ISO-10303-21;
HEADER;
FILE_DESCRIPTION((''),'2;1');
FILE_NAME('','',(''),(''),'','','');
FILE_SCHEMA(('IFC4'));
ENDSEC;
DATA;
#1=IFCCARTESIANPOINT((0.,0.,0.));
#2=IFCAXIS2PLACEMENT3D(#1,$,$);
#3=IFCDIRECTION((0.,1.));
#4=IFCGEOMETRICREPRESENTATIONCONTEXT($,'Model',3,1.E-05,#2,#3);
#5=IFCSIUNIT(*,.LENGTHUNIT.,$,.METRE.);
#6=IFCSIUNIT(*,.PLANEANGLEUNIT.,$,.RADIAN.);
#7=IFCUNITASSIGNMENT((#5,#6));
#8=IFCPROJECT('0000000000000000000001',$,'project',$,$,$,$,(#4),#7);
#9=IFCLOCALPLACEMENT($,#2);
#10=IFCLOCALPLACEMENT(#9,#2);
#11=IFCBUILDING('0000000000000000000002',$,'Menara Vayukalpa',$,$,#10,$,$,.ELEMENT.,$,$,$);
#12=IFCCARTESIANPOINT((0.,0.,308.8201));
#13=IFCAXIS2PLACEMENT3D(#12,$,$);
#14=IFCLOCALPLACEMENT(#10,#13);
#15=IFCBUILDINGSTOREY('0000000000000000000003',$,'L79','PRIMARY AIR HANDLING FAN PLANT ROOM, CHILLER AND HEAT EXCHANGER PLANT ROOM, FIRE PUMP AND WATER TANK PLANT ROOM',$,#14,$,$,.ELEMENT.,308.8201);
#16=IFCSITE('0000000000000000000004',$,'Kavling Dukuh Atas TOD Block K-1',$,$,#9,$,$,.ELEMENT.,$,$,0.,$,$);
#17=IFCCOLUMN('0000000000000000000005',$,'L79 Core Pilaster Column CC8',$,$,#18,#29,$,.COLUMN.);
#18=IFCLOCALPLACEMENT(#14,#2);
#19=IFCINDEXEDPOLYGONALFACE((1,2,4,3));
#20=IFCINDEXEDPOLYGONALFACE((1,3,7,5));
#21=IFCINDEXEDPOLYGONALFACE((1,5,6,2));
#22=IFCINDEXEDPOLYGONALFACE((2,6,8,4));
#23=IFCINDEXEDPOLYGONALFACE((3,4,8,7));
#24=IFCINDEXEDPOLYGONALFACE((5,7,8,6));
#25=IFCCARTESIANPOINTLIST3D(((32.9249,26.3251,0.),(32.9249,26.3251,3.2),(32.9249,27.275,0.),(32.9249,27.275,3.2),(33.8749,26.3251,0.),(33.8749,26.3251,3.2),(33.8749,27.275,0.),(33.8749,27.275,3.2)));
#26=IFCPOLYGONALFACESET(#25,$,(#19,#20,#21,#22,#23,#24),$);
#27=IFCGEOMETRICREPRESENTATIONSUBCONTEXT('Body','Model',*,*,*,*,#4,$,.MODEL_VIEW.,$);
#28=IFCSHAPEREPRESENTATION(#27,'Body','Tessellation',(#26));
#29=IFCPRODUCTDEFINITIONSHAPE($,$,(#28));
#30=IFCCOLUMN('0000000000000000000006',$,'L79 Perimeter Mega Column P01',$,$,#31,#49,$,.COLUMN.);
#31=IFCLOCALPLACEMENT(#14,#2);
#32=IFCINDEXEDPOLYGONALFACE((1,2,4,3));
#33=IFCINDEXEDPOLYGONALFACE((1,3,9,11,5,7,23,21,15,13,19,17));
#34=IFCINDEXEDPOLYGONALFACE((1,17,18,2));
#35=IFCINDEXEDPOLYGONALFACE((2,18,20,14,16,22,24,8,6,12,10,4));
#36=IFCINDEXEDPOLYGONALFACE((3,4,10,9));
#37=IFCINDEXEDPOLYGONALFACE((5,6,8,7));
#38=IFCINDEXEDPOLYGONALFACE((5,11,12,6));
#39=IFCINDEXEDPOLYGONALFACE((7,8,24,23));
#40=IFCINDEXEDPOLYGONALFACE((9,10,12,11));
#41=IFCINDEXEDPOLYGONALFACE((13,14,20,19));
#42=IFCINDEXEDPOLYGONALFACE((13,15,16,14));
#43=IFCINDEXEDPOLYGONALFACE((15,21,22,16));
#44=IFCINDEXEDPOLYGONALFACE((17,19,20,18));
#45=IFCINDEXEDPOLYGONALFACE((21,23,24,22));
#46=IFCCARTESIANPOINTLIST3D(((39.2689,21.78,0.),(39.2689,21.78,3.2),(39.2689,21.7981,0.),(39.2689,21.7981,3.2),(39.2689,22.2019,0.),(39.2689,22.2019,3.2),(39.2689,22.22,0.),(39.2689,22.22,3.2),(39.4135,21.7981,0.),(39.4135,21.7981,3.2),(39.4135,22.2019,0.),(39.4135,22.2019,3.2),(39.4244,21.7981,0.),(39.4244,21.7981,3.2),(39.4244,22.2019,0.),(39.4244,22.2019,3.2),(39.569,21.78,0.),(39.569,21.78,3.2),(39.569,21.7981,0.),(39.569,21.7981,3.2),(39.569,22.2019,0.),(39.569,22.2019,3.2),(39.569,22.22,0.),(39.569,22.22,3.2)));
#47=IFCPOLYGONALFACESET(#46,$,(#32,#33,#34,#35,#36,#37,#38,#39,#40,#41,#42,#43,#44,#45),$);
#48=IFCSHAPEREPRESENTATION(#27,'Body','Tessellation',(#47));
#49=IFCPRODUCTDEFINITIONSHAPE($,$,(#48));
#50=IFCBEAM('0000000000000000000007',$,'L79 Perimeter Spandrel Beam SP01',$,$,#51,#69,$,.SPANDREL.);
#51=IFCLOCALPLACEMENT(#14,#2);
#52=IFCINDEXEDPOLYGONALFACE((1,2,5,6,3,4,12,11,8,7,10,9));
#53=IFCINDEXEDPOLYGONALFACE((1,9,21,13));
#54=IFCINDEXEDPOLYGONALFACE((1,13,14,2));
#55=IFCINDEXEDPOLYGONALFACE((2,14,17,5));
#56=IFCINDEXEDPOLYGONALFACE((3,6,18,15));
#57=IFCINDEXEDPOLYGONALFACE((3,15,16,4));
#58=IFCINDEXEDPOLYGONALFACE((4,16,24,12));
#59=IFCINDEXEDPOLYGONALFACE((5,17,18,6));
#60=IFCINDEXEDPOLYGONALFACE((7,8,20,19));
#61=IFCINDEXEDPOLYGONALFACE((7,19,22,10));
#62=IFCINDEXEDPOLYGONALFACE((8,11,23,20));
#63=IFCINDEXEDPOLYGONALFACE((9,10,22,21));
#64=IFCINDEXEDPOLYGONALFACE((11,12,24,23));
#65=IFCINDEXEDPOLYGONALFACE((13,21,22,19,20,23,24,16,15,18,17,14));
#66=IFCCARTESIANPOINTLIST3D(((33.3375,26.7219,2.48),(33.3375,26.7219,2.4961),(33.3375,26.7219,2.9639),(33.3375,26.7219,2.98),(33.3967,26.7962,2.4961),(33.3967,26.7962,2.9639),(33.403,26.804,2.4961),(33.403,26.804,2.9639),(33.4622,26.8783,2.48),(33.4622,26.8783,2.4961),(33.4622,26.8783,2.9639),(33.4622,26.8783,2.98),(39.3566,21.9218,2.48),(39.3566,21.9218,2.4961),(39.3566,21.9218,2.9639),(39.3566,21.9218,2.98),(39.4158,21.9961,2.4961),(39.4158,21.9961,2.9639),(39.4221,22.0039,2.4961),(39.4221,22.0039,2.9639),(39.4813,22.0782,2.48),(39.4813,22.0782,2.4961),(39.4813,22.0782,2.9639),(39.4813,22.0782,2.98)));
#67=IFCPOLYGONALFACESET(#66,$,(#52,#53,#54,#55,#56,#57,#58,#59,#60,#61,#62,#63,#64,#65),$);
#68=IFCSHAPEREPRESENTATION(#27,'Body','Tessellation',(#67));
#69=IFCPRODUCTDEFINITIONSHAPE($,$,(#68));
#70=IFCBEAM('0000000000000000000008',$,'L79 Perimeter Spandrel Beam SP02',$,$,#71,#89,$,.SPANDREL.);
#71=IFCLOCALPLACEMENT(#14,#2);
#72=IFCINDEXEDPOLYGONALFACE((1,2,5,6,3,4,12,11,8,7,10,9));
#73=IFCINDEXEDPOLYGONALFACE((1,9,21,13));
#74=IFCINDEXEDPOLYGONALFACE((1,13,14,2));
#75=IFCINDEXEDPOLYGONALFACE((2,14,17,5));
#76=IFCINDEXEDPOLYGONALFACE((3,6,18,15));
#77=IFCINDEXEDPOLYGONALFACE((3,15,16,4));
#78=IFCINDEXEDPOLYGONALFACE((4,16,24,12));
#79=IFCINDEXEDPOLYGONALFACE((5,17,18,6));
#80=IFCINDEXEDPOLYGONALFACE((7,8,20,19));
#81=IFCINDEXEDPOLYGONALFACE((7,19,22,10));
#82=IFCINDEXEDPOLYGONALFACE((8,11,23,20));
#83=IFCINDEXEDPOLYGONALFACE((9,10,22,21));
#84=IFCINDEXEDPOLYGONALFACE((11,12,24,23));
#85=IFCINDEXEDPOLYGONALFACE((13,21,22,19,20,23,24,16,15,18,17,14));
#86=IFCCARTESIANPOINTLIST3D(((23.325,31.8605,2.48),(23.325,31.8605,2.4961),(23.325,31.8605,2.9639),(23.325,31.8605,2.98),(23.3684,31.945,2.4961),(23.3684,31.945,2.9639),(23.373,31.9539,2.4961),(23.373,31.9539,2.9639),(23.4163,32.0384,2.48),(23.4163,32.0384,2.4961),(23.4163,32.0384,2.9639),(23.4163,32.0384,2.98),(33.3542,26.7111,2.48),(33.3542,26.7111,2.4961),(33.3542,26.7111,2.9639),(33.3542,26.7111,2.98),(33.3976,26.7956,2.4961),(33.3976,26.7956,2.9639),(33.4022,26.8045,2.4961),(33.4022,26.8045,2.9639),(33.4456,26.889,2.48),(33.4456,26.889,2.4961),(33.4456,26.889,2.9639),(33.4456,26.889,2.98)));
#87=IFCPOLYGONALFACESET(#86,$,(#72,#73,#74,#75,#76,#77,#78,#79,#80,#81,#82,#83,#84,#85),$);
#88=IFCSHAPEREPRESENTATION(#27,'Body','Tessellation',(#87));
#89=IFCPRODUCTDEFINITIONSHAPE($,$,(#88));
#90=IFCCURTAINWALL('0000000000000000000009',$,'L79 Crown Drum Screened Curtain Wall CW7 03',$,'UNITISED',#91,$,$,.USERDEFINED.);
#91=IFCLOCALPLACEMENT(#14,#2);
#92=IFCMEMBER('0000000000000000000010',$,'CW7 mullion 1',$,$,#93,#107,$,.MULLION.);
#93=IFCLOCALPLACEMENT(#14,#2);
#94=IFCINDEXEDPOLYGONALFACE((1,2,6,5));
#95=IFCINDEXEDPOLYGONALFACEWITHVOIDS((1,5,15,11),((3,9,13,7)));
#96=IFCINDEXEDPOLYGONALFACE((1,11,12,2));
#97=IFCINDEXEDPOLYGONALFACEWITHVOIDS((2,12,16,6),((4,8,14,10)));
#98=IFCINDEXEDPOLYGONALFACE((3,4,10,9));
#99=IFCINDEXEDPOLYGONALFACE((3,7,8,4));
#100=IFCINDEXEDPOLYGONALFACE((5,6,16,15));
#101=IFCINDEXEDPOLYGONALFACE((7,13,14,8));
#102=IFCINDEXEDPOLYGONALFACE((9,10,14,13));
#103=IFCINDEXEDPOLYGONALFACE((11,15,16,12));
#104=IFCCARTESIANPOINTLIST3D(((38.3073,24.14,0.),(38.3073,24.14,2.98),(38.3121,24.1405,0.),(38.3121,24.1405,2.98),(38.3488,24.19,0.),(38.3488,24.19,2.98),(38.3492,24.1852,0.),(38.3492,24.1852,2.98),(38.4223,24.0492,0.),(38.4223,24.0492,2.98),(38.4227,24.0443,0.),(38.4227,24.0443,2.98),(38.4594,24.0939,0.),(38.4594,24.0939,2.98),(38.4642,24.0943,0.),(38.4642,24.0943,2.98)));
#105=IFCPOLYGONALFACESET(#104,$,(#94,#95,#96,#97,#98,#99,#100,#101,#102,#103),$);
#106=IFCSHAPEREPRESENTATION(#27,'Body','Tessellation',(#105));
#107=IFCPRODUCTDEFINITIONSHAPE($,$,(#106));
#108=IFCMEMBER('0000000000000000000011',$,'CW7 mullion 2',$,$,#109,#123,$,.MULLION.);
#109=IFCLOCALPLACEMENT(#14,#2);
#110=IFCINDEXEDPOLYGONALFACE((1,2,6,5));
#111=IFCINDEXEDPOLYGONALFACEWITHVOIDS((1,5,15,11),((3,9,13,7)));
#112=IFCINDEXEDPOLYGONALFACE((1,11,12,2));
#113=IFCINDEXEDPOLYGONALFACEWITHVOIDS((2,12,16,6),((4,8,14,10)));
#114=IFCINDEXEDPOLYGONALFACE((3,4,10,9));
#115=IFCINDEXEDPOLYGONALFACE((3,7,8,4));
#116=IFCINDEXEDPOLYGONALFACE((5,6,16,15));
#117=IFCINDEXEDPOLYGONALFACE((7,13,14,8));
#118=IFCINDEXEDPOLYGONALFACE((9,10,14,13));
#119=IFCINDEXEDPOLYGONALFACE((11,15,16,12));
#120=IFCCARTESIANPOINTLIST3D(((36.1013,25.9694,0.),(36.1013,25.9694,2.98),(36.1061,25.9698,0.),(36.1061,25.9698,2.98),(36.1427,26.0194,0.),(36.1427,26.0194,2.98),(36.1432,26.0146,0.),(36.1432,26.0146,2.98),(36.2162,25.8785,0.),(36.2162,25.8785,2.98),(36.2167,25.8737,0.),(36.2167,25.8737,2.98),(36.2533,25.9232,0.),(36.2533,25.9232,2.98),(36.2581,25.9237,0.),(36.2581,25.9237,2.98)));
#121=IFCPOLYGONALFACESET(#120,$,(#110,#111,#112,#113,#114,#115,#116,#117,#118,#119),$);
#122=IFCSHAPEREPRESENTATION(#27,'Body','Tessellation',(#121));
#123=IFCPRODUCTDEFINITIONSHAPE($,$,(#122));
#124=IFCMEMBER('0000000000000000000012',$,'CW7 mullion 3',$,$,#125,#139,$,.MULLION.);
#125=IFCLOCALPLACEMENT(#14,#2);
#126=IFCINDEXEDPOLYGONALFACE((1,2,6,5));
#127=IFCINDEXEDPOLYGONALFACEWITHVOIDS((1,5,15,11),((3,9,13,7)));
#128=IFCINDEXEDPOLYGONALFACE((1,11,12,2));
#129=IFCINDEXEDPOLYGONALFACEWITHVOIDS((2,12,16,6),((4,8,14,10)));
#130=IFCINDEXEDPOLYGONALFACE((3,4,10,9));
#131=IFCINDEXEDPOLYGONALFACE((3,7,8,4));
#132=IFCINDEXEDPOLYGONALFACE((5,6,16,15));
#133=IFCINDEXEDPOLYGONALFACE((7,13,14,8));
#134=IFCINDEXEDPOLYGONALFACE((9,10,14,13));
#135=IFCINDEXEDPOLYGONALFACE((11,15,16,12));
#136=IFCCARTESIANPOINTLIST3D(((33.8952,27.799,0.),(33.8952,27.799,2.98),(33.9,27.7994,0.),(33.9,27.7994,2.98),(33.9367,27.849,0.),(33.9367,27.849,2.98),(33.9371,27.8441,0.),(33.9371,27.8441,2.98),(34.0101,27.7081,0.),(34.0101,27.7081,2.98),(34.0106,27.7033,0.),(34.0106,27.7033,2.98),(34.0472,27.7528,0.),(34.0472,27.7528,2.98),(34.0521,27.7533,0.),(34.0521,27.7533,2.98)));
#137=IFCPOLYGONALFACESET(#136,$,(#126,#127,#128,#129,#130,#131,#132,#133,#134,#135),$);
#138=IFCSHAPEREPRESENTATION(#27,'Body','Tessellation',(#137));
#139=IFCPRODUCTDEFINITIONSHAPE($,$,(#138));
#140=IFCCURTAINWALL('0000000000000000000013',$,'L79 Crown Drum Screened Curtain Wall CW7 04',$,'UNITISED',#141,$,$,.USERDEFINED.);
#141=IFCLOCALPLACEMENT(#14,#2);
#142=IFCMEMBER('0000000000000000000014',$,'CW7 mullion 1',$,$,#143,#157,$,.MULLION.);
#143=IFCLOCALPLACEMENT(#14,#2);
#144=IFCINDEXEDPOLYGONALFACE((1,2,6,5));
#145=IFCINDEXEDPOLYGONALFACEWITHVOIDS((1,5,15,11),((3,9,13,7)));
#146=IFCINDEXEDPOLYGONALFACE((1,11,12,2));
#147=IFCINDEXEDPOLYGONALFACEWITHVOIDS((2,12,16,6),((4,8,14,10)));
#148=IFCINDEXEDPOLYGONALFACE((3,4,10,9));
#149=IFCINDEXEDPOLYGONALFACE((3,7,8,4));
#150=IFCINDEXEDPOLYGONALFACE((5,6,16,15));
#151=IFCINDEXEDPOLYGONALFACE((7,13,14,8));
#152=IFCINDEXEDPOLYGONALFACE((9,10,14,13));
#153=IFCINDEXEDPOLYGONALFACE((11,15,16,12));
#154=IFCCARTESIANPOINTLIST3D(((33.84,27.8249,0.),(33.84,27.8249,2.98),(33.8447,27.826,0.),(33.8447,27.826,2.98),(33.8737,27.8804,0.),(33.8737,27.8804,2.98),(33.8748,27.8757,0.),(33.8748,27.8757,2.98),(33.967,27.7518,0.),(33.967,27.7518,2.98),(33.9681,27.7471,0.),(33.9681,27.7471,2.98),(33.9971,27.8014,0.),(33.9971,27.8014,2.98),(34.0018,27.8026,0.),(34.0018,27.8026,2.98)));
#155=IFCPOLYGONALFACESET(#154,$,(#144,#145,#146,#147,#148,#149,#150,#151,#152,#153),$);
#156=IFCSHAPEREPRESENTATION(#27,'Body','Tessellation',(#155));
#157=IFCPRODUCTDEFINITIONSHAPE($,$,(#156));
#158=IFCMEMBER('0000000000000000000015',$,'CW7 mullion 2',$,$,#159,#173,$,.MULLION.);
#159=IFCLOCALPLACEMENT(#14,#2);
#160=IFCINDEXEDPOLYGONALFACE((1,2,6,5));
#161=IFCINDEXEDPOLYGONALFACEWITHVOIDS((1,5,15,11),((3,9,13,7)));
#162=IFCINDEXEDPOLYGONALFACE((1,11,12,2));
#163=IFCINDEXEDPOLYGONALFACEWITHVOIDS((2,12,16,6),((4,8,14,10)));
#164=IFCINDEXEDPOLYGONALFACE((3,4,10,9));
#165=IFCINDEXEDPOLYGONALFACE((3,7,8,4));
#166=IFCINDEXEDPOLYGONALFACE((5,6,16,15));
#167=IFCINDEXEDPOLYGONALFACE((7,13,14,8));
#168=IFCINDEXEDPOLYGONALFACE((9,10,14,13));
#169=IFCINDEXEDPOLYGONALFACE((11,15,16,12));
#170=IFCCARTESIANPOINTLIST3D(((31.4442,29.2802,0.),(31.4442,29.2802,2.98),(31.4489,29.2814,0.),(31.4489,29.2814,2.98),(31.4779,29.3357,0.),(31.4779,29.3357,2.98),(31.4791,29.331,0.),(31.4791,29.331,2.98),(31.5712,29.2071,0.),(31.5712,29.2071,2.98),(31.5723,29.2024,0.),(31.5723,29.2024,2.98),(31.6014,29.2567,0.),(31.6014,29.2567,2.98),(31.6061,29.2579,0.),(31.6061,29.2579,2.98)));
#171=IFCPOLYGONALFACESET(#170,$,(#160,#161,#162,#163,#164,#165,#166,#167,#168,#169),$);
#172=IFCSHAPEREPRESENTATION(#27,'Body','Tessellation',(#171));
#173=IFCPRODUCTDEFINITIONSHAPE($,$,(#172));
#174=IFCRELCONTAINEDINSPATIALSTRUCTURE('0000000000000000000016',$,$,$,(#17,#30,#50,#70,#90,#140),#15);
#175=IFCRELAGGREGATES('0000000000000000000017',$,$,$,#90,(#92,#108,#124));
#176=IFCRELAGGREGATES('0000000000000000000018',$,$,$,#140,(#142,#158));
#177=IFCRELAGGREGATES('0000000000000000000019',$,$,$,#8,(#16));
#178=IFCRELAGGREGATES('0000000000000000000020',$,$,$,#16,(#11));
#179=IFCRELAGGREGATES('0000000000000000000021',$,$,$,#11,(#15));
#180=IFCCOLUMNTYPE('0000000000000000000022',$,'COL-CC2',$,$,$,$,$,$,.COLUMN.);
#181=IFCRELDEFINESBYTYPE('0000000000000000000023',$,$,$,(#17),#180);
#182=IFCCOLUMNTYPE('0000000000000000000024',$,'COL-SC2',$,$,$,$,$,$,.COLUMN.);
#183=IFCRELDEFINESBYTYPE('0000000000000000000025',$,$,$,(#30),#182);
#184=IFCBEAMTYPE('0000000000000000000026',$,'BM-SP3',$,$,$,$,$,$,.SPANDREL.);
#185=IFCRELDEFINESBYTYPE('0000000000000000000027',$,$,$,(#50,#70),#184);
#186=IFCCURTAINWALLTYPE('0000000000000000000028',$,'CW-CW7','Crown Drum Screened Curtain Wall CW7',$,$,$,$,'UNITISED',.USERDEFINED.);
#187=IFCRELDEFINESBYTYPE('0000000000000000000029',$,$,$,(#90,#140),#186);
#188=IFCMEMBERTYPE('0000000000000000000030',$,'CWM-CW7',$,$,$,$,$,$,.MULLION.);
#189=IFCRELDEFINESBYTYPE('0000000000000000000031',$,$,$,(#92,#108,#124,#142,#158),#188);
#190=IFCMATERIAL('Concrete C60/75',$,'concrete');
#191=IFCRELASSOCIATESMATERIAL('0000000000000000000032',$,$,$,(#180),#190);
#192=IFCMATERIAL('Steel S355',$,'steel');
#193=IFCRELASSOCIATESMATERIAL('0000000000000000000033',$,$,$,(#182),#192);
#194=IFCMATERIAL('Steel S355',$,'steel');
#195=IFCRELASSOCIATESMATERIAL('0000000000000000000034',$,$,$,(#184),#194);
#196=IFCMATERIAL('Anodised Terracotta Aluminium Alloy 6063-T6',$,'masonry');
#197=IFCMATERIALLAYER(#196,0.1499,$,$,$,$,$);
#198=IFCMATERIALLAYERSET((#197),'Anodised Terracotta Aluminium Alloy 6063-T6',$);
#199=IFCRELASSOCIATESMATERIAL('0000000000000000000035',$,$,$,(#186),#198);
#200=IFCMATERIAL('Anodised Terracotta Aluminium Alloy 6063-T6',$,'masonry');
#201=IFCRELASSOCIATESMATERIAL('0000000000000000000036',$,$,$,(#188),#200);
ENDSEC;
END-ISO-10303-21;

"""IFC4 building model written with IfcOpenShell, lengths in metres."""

from ifc_helpers import new_model, si_unit, direction, frame, origin, origin_2d, place, context, subcontext, project, spatial, rectangle, hollow_rectangle, i_section, extrude, material, layer, layer_set, material_profile, profile_set, type_object, element, aggregate, save


model = new_model("IFC4")

# Units and contexts
model_context = context("Model", 3, precision=1e-05, world=origin(), true_north=direction((0.0, 1.0)))
body_context = subcontext(model_context, "Body", "Model", "MODEL_VIEW")
ifc_project = project(units=[si_unit("LENGTHUNIT", "METRE"), si_unit("PLANEANGLEUNIT", "RADIAN")], contexts=[model_context])

# Site, building, storey
site_placement = place(None, origin())
site = spatial("IfcSite", under=ifc_project, at=site_placement, Name="Kavling Dukuh Atas TOD Block K-1", CompositionType="ELEMENT", RefElevation=0.0)
building_placement = place(site_placement, origin())
building = spatial("IfcBuilding", under=site, at=building_placement, Name="Menara Vayukalpa", CompositionType="ELEMENT")
storey_placement = place(building_placement, frame((0.0, 0.0, 308.8201)))
storey = spatial("IfcBuildingStorey", under=building, at=storey_placement, Name="L79", Description="PRIMARY AIR HANDLING FAN PLANT ROOM, CHILLER AND HEAT EXCHANGER PLANT ROOM, FIRE PUMP AND WATER TANK PLANT ROOM", CompositionType="ELEMENT", Elevation=308.8201)

# Columns
ifc_material_1 = material(Name="Concrete C60/75", Category="concrete")
ifc_material_profile_1 = material_profile(ifc_material_1, rectangle(XDim=0.95, YDim=0.95, at=origin_2d()), Name="RC 950x950")
ifc_profile_set_1 = profile_set([ifc_material_profile_1], Name="Concrete C60/75")
column_type_1 = type_object("IfcColumnType", Name="COL-CC2", PredefinedType="COLUMN", material=ifc_profile_set_1)
column_1_placement = place(storey_placement, frame((33.3999, 26.8, 0.0), z_axis=(0.0, 0.0, 1.0), x_axis=(1.0, 0.0, 0.0)))
element("IfcColumn", 1, at=column_1_placement, inside=storey, type_object=column_type_1, Name="L79 Core Pilaster Column CC8", PredefinedType="COLUMN", context=body_context, shape_type="SweptSolid", body=[
    extrude(rectangle(XDim=0.95, YDim=0.95, at=origin_2d()), origin(), (0.0, 0.0, 1.0), 3.2),
])
ifc_material_2 = material(Name="Steel S355", Category="steel")
ifc_material_profile_2 = material_profile(ifc_material_2, i_section(OverallWidth=0.3, OverallDepth=0.4399, WebThickness=0.011, FlangeThickness=0.0181, at=origin_2d()), Name="H 440x300x11x18")
ifc_profile_set_2 = profile_set([ifc_material_profile_2], Name="Steel S355")
column_type_2 = type_object("IfcColumnType", Name="COL-SC2", PredefinedType="COLUMN", material=ifc_profile_set_2)
column_2_placement = place(storey_placement, frame((39.4189, 22.0, 0.0), z_axis=(0.0, 0.0, 1.0), x_axis=(1.0, 0.0, 0.0)))
element("IfcColumn", 2, at=column_2_placement, inside=storey, type_object=column_type_2, Name="L79 Perimeter Mega Column P01", PredefinedType="COLUMN", context=body_context, shape_type="SweptSolid", body=[
    extrude(i_section(OverallWidth=0.3, OverallDepth=0.4399, WebThickness=0.011, FlangeThickness=0.0181, at=origin_2d()), origin(), (0.0, 0.0, 1.0), 3.2),
])

# Beams
ifc_material_3 = material(Name="Steel S355", Category="steel")
ifc_material_profile_3 = material_profile(ifc_material_3, i_section(OverallWidth=0.2, OverallDepth=0.5, WebThickness=0.01, FlangeThickness=0.0161, at=origin_2d()), Name="WF 500x200x10x16")
ifc_profile_set_3 = profile_set([ifc_material_profile_3], Name="Steel S355")
beam_type = type_object("IfcBeamType", Name="BM-SP3", PredefinedType="SPANDREL", material=ifc_profile_set_3)
beam_1_placement = place(storey_placement, frame((39.4189, 22.0, 2.73), z_axis=(-0.78183, 0.623492, 0.0), x_axis=(-0.623492, -0.78183, 0.0)))
element("IfcBeam", 3, at=beam_1_placement, inside=storey, type_object=beam_type, Name="L79 Perimeter Spandrel Beam SP01", PredefinedType="SPANDREL", context=body_context, shape_type="SweptSolid", body=[
    extrude(i_section(OverallWidth=0.2, OverallDepth=0.5, WebThickness=0.01, FlangeThickness=0.0161, at=origin_2d()), origin(), (0.0, 0.0, 1.0), 7.6987),
])
beam_2_placement = place(storey_placement, frame((33.3999, 26.8, 2.73), z_axis=(-0.889595, 0.456751, 0.0), x_axis=(-0.456751, -0.889595, 0.0)))
element("IfcBeam", 4, at=beam_2_placement, inside=storey, type_object=beam_type, Name="L79 Perimeter Spandrel Beam SP02", PredefinedType="SPANDREL", context=body_context, shape_type="SweptSolid", body=[
    extrude(i_section(OverallWidth=0.2, OverallDepth=0.5, WebThickness=0.01, FlangeThickness=0.0161, at=origin_2d()), origin(), (0.0, 0.0, 1.0), 11.2739),
])

# Curtain walls, members
ifc_material_4 = material(Name="Anodised Terracotta Aluminium Alloy 6063-T6", Category="masonry")
ifc_layer_1 = layer(ifc_material_4, 0.1499)
ifc_layer_set_1 = layer_set([ifc_layer_1], Name="Anodised Terracotta Aluminium Alloy 6063-T6")
curtain_wall_type = type_object("IfcCurtainWallType", Name="CW-CW7", Description="Crown Drum Screened Curtain Wall CW7", ElementType="UNITISED", PredefinedType="USERDEFINED", material=ifc_layer_set_1)
curtain_wall_1_placement = place(storey_placement, origin())
curtain_wall_1 = element("IfcCurtainWall", 5, at=curtain_wall_1_placement, inside=storey, type_object=curtain_wall_type, Name="L79 Crown Drum Screened Curtain Wall CW7 03", ObjectType="UNITISED", PredefinedType="USERDEFINED")
ifc_material_5 = material(Name="Anodised Terracotta Aluminium Alloy 6063-T6", Category="masonry")
ifc_material_profile_4 = material_profile(ifc_material_5, hollow_rectangle(XDim=0.0649, YDim=0.1499, WallThickness=0.0034, at=origin_2d()), Name="ALU 65x150x3.5")
ifc_profile_set_4 = profile_set([ifc_material_profile_4], Name="Anodised Terracotta Aluminium Alloy 6063-T6")
member_type_1 = type_object("IfcMemberType", Name="CWM-CW7", PredefinedType="MULLION", material=ifc_profile_set_4)
member_1_placement = place(storey_placement, frame((38.3857, 24.1172, 0.0), z_axis=(0.0, 0.0, 1.0), x_axis=(-0.638347, -0.769749, 0.0)))
member_1 = element("IfcMember", 6, at=member_1_placement, type_object=member_type_1, Name="CW7 mullion 1", PredefinedType="MULLION", context=body_context, shape_type="SweptSolid", body=[
    extrude(hollow_rectangle(XDim=0.0649, YDim=0.1499, WallThickness=0.0034, at=origin_2d()), origin(), (0.0, 0.0, 1.0), 2.98),
])
member_2_placement = place(storey_placement, frame((36.1797, 25.9465, 0.0), z_axis=(0.0, 0.0, 1.0), x_axis=(-0.638347, -0.769749, 0.0)))
member_2 = element("IfcMember", 7, at=member_2_placement, type_object=member_type_1, Name="CW7 mullion 2", PredefinedType="MULLION", context=body_context, shape_type="SweptSolid", body=[
    extrude(hollow_rectangle(XDim=0.0649, YDim=0.1499, WallThickness=0.0034, at=origin_2d()), origin(), (0.0, 0.0, 1.0), 2.98),
])
member_3_placement = place(storey_placement, frame((33.9736, 27.7761, 0.0), z_axis=(0.0, 0.0, 1.0), x_axis=(-0.638347, -0.769749, 0.0)))
member_3 = element("IfcMember", 8, at=member_3_placement, type_object=member_type_1, Name="CW7 mullion 3", PredefinedType="MULLION", context=body_context, shape_type="SweptSolid", body=[
    extrude(hollow_rectangle(XDim=0.0649, YDim=0.1499, WallThickness=0.0034, at=origin_2d()), origin(), (0.0, 0.0, 1.0), 2.98),
])
curtain_wall_2_placement = place(storey_placement, origin())
curtain_wall_2 = element("IfcCurtainWall", 9, at=curtain_wall_2_placement, inside=storey, type_object=curtain_wall_type, Name="L79 Crown Drum Screened Curtain Wall CW7 04", ObjectType="UNITISED", PredefinedType="USERDEFINED")
member_4_placement = place(storey_placement, frame((33.9209, 27.8137, 0.0), z_axis=(0.0, 0.0, 1.0), x_axis=(-0.519176, -0.854667, 0.0)))
member_4 = element("IfcMember", 10, at=member_4_placement, type_object=member_type_1, Name="CW7 mullion 1", PredefinedType="MULLION", context=body_context, shape_type="SweptSolid", body=[
    extrude(hollow_rectangle(XDim=0.0649, YDim=0.1499, WallThickness=0.0034, at=origin_2d()), origin(), (0.0, 0.0, 1.0), 2.98),
])
member_5_placement = place(storey_placement, frame((31.5251, 29.269, 0.0), z_axis=(0.0, 0.0, 1.0), x_axis=(-0.519176, -0.854667, 0.0)))
member_5 = element("IfcMember", 11, at=member_5_placement, type_object=member_type_1, Name="CW7 mullion 2", PredefinedType="MULLION", context=body_context, shape_type="SweptSolid", body=[
    extrude(hollow_rectangle(XDim=0.0649, YDim=0.1499, WallThickness=0.0034, at=origin_2d()), origin(), (0.0, 0.0, 1.0), 2.98),
])

aggregate(curtain_wall_1, [member_1, member_2, member_3])
aggregate(curtain_wall_2, [member_4, member_5])

save(model, "model.ifc")
